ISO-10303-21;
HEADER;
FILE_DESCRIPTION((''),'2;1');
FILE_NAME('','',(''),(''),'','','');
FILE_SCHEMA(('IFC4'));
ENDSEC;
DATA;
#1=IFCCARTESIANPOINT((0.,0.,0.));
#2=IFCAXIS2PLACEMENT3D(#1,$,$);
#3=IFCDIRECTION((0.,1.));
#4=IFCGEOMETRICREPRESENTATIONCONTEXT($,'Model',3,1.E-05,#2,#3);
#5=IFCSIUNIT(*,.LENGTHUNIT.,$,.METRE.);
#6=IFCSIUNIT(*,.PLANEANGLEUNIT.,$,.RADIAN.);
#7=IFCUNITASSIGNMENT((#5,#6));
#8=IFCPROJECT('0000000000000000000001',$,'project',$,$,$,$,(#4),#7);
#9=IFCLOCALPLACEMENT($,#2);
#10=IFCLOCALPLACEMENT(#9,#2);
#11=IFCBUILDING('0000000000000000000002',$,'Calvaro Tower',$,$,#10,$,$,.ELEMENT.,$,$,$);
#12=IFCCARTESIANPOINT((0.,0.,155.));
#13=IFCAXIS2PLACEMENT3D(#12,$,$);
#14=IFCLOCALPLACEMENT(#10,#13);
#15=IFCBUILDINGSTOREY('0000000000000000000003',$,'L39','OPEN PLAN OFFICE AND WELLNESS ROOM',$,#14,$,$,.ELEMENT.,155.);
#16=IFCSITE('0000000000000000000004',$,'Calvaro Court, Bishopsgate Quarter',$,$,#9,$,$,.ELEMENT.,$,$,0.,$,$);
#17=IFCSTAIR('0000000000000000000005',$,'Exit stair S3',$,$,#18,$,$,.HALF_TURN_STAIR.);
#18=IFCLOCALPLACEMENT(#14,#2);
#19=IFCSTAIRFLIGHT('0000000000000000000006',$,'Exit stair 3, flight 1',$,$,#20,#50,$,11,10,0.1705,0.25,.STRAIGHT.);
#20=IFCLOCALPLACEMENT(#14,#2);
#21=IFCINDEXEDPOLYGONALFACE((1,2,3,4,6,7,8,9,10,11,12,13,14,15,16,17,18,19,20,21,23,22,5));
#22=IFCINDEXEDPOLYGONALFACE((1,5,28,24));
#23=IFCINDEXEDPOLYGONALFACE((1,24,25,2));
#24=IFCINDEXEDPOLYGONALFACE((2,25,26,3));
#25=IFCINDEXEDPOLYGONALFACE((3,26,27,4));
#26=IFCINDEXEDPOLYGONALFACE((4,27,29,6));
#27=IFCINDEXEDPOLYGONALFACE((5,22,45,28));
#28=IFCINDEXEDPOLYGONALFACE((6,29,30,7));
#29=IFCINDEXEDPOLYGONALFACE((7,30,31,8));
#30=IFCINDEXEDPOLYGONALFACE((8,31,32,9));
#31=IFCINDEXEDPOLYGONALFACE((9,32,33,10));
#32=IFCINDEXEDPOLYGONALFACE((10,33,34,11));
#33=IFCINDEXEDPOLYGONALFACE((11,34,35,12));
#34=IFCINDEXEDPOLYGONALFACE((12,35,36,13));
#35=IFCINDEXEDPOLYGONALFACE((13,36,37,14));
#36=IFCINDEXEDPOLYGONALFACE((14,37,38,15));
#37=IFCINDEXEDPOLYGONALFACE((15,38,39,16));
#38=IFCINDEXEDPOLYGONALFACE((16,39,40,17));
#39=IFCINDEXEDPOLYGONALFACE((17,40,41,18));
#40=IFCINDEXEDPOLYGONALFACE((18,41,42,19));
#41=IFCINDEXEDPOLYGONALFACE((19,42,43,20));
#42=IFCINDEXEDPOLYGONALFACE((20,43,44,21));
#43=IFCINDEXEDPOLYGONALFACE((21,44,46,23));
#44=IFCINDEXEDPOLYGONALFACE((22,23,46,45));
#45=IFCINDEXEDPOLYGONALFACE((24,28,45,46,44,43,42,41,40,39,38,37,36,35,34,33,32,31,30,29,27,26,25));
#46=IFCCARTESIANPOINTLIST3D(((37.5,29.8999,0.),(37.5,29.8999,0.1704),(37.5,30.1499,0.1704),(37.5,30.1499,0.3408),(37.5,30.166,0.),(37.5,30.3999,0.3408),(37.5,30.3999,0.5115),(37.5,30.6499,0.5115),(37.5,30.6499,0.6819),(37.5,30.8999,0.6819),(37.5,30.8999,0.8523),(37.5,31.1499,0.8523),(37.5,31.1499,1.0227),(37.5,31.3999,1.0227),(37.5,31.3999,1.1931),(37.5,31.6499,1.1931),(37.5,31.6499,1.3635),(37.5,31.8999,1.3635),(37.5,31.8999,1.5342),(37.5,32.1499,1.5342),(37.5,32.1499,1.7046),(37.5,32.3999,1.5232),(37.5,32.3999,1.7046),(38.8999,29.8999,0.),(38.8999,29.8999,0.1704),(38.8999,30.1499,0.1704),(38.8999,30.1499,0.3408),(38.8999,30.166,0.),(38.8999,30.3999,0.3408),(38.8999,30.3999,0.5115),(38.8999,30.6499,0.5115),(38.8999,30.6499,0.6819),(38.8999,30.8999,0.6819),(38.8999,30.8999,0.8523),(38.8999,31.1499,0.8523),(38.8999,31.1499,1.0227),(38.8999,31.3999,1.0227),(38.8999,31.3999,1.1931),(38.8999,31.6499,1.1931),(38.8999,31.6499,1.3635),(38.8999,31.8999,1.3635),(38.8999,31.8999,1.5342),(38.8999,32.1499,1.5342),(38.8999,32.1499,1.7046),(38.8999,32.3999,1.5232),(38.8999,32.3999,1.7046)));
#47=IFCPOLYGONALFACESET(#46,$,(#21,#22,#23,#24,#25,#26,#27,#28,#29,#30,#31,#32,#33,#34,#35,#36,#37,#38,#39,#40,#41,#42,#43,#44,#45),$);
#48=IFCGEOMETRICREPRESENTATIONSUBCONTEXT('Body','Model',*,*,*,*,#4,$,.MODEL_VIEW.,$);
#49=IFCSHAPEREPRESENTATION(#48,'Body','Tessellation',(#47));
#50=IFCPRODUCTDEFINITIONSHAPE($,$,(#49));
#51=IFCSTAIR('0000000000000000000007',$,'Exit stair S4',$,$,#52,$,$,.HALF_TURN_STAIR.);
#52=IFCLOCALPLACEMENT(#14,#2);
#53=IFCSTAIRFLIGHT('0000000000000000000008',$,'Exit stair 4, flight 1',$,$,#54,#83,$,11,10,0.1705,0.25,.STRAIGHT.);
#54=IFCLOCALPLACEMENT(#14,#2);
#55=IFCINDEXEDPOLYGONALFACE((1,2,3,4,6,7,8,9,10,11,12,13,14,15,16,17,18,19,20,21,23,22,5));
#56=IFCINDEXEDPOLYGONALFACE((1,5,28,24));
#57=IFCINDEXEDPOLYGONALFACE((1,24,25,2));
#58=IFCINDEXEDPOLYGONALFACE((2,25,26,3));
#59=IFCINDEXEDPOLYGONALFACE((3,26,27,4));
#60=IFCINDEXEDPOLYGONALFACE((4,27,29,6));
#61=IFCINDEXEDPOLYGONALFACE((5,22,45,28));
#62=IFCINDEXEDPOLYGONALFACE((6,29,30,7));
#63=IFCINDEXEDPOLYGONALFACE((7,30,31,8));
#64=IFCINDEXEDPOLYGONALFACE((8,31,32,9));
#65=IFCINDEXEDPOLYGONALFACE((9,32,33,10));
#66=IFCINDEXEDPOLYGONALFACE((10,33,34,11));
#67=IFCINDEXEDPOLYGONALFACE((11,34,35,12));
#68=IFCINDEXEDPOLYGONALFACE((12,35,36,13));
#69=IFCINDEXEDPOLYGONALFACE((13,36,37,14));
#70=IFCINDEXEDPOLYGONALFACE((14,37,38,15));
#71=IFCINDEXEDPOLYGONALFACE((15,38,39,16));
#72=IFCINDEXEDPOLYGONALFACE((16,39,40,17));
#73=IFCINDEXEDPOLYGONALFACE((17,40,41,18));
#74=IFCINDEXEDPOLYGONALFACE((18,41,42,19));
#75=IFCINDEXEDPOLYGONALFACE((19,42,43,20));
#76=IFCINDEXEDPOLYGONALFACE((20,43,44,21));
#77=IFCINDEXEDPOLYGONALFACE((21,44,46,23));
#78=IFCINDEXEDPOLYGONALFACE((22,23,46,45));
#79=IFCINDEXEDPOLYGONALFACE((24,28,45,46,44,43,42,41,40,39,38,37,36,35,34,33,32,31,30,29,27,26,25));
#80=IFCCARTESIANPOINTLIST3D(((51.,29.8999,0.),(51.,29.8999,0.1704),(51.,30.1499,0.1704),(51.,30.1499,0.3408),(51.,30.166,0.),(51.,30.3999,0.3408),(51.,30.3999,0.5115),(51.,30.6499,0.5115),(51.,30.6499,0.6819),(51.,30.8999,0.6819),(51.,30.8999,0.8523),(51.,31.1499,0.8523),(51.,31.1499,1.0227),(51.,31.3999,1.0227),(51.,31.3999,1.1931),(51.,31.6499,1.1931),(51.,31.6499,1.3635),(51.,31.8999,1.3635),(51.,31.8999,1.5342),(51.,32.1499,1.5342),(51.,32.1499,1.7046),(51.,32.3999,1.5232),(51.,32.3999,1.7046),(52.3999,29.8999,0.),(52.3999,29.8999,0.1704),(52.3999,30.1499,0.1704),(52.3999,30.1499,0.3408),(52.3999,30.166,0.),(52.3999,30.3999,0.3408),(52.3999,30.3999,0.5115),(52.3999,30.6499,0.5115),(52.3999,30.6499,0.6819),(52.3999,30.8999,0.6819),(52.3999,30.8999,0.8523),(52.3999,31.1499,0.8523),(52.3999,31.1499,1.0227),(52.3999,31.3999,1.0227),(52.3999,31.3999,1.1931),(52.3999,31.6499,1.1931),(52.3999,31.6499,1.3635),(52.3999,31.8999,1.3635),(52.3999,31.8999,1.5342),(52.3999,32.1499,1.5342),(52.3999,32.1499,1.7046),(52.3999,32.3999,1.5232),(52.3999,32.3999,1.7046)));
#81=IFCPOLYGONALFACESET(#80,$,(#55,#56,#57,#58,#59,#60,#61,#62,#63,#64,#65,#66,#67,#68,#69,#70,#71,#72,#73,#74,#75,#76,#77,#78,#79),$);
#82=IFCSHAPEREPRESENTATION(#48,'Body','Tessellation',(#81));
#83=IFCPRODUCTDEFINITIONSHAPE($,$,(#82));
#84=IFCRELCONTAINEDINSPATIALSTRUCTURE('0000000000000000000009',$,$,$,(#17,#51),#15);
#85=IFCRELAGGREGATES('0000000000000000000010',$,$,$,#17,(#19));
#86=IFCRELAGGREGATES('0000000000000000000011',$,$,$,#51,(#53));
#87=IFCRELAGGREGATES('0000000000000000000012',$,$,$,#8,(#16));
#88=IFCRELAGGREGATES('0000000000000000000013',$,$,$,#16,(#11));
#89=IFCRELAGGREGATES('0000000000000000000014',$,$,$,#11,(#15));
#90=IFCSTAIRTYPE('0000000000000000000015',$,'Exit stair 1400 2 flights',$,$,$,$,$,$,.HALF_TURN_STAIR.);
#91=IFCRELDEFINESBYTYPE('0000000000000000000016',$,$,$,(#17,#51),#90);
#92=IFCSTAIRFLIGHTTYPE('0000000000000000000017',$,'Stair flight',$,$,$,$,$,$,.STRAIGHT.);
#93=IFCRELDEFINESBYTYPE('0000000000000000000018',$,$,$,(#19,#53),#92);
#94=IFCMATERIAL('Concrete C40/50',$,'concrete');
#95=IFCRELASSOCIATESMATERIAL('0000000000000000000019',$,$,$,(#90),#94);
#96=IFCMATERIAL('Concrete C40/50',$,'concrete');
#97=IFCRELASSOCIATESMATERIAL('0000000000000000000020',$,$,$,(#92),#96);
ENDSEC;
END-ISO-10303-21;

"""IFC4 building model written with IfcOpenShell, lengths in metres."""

from ifc_helpers import new_model, si_unit, direction, frame, origin, place, context, subcontext, project, spatial, polyline, outline, extrude, material, type_object, element, aggregate, save


model = new_model("IFC4")

# Units and contexts
model_context = context("Model", 3, precision=1e-05, world=origin(), true_north=direction((0.0, 1.0)))
body_context = subcontext(model_context, "Body", "Model", "MODEL_VIEW")
ifc_project = project(units=[si_unit("LENGTHUNIT", "METRE"), si_unit("PLANEANGLEUNIT", "RADIAN")], contexts=[model_context])

# Site, building, storey
site_placement = place(None, origin())
site = spatial("IfcSite", under=ifc_project, at=site_placement, Name="Calvaro Court, Bishopsgate Quarter", CompositionType="ELEMENT", RefElevation=0.0)
building_placement = place(site_placement, origin())
building = spatial("IfcBuilding", under=site, at=building_placement, Name="Calvaro Tower", CompositionType="ELEMENT")
storey_placement = place(building_placement, frame((0.0, 0.0, 155.0)))
storey = spatial("IfcBuildingStorey", under=building, at=storey_placement, Name="L39", Description="OPEN PLAN OFFICE AND WELLNESS ROOM", CompositionType="ELEMENT", Elevation=155.0)

# Stairs, stair flights
ifc_material_1 = material(Name="Concrete C40/50", Category="concrete")
stair_type = type_object("IfcStairType", Name="Exit stair 1400 2 flights", PredefinedType="HALF_TURN_STAIR", material=ifc_material_1)
stair_1_placement = place(storey_placement, origin())
stair_1 = element("IfcStair", 1, at=stair_1_placement, inside=storey, type_object=stair_type, Name="Exit stair S3", PredefinedType="HALF_TURN_STAIR")
ifc_material_2 = material(Name="Concrete C40/50", Category="concrete")
stair_flight_type = type_object("IfcStairFlightType", Name="Stair flight", PredefinedType="STRAIGHT", material=ifc_material_2)
stair_flight_1_placement = place(storey_placement, frame((38.2, 29.8999, 0.0), z_axis=(0.0, 0.0, 1.0), x_axis=(0.0, 1.0, 0.0)))
stair_flight_1 = element("IfcStairFlight", 2, at=stair_flight_1_placement, type_object=stair_flight_type, Name="Exit stair 3, flight 1", NumberOfRisers=11, NumberOfTreads=10, PredefinedType="STRAIGHT", RiserHeight=0.1705, TreadLength=0.25, context=body_context, shape_type="SweptSolid", body=[
    extrude(outline(polyline([(0.0, 0.0), (0.0, 0.1704), (0.25, 0.1704), (0.25, 0.3408), (0.5, 0.3408), (0.5, 0.5115), (0.75, 0.5115), (0.75, 0.6819), (1.0, 0.6819), (1.0, 0.8523), (1.25, 0.8523), (1.25, 1.0227), (1.5, 1.0227), (1.5, 1.1931), (1.75, 1.1931), (1.75, 1.3635), (2.0, 1.3635), (2.0, 1.5342), (2.25, 1.5342), (2.25, 1.7046), (2.5, 1.7046), (2.5, 1.875), (2.5, 1.5232), (0.2661, 0.0), (0.0, 0.0)])), frame((0.0, 0.7, 0.0), z_axis=(0.0, -1.0, 0.0), x_axis=(1.0, 0.0, 0.0)), (0.0, 0.0, 1.0), 1.3999),
])
stair_2_placement = place(storey_placement, origin())
stair_2 = element("IfcStair", 3, at=stair_2_placement, inside=storey, type_object=stair_type, Name="Exit stair S4", PredefinedType="HALF_TURN_STAIR")
stair_flight_2_placement = place(storey_placement, frame((51.7, 29.8999, 0.0), z_axis=(0.0, 0.0, 1.0), x_axis=(0.0, 1.0, 0.0)))
stair_flight_2 = element("IfcStairFlight", 4, at=stair_flight_2_placement, type_object=stair_flight_type, Name="Exit stair 4, flight 1", NumberOfRisers=11, NumberOfTreads=10, PredefinedType="STRAIGHT", RiserHeight=0.1705, TreadLength=0.25, context=body_context, shape_type="SweptSolid", body=[
    extrude(outline(polyline([(0.0, 0.0), (0.0, 0.1704), (0.25, 0.1704), (0.25, 0.3408), (0.5, 0.3408), (0.5, 0.5115), (0.75, 0.5115), (0.75, 0.6819), (1.0, 0.6819), (1.0, 0.8523), (1.25, 0.8523), (1.25, 1.0227), (1.5, 1.0227), (1.5, 1.1931), (1.75, 1.1931), (1.75, 1.3635), (2.0, 1.3635), (2.0, 1.5342), (2.25, 1.5342), (2.25, 1.7046), (2.5, 1.7046), (2.5, 1.875), (2.5, 1.5232), (0.2661, 0.0), (0.0, 0.0)])), frame((0.0, 0.7, 0.0), z_axis=(0.0, -1.0, 0.0), x_axis=(1.0, 0.0, 0.0)), (0.0, 0.0, 1.0), 1.3999),
])

aggregate(stair_1, [stair_flight_1])
aggregate(stair_2, [stair_flight_2])

save(model, "model.ifc")
